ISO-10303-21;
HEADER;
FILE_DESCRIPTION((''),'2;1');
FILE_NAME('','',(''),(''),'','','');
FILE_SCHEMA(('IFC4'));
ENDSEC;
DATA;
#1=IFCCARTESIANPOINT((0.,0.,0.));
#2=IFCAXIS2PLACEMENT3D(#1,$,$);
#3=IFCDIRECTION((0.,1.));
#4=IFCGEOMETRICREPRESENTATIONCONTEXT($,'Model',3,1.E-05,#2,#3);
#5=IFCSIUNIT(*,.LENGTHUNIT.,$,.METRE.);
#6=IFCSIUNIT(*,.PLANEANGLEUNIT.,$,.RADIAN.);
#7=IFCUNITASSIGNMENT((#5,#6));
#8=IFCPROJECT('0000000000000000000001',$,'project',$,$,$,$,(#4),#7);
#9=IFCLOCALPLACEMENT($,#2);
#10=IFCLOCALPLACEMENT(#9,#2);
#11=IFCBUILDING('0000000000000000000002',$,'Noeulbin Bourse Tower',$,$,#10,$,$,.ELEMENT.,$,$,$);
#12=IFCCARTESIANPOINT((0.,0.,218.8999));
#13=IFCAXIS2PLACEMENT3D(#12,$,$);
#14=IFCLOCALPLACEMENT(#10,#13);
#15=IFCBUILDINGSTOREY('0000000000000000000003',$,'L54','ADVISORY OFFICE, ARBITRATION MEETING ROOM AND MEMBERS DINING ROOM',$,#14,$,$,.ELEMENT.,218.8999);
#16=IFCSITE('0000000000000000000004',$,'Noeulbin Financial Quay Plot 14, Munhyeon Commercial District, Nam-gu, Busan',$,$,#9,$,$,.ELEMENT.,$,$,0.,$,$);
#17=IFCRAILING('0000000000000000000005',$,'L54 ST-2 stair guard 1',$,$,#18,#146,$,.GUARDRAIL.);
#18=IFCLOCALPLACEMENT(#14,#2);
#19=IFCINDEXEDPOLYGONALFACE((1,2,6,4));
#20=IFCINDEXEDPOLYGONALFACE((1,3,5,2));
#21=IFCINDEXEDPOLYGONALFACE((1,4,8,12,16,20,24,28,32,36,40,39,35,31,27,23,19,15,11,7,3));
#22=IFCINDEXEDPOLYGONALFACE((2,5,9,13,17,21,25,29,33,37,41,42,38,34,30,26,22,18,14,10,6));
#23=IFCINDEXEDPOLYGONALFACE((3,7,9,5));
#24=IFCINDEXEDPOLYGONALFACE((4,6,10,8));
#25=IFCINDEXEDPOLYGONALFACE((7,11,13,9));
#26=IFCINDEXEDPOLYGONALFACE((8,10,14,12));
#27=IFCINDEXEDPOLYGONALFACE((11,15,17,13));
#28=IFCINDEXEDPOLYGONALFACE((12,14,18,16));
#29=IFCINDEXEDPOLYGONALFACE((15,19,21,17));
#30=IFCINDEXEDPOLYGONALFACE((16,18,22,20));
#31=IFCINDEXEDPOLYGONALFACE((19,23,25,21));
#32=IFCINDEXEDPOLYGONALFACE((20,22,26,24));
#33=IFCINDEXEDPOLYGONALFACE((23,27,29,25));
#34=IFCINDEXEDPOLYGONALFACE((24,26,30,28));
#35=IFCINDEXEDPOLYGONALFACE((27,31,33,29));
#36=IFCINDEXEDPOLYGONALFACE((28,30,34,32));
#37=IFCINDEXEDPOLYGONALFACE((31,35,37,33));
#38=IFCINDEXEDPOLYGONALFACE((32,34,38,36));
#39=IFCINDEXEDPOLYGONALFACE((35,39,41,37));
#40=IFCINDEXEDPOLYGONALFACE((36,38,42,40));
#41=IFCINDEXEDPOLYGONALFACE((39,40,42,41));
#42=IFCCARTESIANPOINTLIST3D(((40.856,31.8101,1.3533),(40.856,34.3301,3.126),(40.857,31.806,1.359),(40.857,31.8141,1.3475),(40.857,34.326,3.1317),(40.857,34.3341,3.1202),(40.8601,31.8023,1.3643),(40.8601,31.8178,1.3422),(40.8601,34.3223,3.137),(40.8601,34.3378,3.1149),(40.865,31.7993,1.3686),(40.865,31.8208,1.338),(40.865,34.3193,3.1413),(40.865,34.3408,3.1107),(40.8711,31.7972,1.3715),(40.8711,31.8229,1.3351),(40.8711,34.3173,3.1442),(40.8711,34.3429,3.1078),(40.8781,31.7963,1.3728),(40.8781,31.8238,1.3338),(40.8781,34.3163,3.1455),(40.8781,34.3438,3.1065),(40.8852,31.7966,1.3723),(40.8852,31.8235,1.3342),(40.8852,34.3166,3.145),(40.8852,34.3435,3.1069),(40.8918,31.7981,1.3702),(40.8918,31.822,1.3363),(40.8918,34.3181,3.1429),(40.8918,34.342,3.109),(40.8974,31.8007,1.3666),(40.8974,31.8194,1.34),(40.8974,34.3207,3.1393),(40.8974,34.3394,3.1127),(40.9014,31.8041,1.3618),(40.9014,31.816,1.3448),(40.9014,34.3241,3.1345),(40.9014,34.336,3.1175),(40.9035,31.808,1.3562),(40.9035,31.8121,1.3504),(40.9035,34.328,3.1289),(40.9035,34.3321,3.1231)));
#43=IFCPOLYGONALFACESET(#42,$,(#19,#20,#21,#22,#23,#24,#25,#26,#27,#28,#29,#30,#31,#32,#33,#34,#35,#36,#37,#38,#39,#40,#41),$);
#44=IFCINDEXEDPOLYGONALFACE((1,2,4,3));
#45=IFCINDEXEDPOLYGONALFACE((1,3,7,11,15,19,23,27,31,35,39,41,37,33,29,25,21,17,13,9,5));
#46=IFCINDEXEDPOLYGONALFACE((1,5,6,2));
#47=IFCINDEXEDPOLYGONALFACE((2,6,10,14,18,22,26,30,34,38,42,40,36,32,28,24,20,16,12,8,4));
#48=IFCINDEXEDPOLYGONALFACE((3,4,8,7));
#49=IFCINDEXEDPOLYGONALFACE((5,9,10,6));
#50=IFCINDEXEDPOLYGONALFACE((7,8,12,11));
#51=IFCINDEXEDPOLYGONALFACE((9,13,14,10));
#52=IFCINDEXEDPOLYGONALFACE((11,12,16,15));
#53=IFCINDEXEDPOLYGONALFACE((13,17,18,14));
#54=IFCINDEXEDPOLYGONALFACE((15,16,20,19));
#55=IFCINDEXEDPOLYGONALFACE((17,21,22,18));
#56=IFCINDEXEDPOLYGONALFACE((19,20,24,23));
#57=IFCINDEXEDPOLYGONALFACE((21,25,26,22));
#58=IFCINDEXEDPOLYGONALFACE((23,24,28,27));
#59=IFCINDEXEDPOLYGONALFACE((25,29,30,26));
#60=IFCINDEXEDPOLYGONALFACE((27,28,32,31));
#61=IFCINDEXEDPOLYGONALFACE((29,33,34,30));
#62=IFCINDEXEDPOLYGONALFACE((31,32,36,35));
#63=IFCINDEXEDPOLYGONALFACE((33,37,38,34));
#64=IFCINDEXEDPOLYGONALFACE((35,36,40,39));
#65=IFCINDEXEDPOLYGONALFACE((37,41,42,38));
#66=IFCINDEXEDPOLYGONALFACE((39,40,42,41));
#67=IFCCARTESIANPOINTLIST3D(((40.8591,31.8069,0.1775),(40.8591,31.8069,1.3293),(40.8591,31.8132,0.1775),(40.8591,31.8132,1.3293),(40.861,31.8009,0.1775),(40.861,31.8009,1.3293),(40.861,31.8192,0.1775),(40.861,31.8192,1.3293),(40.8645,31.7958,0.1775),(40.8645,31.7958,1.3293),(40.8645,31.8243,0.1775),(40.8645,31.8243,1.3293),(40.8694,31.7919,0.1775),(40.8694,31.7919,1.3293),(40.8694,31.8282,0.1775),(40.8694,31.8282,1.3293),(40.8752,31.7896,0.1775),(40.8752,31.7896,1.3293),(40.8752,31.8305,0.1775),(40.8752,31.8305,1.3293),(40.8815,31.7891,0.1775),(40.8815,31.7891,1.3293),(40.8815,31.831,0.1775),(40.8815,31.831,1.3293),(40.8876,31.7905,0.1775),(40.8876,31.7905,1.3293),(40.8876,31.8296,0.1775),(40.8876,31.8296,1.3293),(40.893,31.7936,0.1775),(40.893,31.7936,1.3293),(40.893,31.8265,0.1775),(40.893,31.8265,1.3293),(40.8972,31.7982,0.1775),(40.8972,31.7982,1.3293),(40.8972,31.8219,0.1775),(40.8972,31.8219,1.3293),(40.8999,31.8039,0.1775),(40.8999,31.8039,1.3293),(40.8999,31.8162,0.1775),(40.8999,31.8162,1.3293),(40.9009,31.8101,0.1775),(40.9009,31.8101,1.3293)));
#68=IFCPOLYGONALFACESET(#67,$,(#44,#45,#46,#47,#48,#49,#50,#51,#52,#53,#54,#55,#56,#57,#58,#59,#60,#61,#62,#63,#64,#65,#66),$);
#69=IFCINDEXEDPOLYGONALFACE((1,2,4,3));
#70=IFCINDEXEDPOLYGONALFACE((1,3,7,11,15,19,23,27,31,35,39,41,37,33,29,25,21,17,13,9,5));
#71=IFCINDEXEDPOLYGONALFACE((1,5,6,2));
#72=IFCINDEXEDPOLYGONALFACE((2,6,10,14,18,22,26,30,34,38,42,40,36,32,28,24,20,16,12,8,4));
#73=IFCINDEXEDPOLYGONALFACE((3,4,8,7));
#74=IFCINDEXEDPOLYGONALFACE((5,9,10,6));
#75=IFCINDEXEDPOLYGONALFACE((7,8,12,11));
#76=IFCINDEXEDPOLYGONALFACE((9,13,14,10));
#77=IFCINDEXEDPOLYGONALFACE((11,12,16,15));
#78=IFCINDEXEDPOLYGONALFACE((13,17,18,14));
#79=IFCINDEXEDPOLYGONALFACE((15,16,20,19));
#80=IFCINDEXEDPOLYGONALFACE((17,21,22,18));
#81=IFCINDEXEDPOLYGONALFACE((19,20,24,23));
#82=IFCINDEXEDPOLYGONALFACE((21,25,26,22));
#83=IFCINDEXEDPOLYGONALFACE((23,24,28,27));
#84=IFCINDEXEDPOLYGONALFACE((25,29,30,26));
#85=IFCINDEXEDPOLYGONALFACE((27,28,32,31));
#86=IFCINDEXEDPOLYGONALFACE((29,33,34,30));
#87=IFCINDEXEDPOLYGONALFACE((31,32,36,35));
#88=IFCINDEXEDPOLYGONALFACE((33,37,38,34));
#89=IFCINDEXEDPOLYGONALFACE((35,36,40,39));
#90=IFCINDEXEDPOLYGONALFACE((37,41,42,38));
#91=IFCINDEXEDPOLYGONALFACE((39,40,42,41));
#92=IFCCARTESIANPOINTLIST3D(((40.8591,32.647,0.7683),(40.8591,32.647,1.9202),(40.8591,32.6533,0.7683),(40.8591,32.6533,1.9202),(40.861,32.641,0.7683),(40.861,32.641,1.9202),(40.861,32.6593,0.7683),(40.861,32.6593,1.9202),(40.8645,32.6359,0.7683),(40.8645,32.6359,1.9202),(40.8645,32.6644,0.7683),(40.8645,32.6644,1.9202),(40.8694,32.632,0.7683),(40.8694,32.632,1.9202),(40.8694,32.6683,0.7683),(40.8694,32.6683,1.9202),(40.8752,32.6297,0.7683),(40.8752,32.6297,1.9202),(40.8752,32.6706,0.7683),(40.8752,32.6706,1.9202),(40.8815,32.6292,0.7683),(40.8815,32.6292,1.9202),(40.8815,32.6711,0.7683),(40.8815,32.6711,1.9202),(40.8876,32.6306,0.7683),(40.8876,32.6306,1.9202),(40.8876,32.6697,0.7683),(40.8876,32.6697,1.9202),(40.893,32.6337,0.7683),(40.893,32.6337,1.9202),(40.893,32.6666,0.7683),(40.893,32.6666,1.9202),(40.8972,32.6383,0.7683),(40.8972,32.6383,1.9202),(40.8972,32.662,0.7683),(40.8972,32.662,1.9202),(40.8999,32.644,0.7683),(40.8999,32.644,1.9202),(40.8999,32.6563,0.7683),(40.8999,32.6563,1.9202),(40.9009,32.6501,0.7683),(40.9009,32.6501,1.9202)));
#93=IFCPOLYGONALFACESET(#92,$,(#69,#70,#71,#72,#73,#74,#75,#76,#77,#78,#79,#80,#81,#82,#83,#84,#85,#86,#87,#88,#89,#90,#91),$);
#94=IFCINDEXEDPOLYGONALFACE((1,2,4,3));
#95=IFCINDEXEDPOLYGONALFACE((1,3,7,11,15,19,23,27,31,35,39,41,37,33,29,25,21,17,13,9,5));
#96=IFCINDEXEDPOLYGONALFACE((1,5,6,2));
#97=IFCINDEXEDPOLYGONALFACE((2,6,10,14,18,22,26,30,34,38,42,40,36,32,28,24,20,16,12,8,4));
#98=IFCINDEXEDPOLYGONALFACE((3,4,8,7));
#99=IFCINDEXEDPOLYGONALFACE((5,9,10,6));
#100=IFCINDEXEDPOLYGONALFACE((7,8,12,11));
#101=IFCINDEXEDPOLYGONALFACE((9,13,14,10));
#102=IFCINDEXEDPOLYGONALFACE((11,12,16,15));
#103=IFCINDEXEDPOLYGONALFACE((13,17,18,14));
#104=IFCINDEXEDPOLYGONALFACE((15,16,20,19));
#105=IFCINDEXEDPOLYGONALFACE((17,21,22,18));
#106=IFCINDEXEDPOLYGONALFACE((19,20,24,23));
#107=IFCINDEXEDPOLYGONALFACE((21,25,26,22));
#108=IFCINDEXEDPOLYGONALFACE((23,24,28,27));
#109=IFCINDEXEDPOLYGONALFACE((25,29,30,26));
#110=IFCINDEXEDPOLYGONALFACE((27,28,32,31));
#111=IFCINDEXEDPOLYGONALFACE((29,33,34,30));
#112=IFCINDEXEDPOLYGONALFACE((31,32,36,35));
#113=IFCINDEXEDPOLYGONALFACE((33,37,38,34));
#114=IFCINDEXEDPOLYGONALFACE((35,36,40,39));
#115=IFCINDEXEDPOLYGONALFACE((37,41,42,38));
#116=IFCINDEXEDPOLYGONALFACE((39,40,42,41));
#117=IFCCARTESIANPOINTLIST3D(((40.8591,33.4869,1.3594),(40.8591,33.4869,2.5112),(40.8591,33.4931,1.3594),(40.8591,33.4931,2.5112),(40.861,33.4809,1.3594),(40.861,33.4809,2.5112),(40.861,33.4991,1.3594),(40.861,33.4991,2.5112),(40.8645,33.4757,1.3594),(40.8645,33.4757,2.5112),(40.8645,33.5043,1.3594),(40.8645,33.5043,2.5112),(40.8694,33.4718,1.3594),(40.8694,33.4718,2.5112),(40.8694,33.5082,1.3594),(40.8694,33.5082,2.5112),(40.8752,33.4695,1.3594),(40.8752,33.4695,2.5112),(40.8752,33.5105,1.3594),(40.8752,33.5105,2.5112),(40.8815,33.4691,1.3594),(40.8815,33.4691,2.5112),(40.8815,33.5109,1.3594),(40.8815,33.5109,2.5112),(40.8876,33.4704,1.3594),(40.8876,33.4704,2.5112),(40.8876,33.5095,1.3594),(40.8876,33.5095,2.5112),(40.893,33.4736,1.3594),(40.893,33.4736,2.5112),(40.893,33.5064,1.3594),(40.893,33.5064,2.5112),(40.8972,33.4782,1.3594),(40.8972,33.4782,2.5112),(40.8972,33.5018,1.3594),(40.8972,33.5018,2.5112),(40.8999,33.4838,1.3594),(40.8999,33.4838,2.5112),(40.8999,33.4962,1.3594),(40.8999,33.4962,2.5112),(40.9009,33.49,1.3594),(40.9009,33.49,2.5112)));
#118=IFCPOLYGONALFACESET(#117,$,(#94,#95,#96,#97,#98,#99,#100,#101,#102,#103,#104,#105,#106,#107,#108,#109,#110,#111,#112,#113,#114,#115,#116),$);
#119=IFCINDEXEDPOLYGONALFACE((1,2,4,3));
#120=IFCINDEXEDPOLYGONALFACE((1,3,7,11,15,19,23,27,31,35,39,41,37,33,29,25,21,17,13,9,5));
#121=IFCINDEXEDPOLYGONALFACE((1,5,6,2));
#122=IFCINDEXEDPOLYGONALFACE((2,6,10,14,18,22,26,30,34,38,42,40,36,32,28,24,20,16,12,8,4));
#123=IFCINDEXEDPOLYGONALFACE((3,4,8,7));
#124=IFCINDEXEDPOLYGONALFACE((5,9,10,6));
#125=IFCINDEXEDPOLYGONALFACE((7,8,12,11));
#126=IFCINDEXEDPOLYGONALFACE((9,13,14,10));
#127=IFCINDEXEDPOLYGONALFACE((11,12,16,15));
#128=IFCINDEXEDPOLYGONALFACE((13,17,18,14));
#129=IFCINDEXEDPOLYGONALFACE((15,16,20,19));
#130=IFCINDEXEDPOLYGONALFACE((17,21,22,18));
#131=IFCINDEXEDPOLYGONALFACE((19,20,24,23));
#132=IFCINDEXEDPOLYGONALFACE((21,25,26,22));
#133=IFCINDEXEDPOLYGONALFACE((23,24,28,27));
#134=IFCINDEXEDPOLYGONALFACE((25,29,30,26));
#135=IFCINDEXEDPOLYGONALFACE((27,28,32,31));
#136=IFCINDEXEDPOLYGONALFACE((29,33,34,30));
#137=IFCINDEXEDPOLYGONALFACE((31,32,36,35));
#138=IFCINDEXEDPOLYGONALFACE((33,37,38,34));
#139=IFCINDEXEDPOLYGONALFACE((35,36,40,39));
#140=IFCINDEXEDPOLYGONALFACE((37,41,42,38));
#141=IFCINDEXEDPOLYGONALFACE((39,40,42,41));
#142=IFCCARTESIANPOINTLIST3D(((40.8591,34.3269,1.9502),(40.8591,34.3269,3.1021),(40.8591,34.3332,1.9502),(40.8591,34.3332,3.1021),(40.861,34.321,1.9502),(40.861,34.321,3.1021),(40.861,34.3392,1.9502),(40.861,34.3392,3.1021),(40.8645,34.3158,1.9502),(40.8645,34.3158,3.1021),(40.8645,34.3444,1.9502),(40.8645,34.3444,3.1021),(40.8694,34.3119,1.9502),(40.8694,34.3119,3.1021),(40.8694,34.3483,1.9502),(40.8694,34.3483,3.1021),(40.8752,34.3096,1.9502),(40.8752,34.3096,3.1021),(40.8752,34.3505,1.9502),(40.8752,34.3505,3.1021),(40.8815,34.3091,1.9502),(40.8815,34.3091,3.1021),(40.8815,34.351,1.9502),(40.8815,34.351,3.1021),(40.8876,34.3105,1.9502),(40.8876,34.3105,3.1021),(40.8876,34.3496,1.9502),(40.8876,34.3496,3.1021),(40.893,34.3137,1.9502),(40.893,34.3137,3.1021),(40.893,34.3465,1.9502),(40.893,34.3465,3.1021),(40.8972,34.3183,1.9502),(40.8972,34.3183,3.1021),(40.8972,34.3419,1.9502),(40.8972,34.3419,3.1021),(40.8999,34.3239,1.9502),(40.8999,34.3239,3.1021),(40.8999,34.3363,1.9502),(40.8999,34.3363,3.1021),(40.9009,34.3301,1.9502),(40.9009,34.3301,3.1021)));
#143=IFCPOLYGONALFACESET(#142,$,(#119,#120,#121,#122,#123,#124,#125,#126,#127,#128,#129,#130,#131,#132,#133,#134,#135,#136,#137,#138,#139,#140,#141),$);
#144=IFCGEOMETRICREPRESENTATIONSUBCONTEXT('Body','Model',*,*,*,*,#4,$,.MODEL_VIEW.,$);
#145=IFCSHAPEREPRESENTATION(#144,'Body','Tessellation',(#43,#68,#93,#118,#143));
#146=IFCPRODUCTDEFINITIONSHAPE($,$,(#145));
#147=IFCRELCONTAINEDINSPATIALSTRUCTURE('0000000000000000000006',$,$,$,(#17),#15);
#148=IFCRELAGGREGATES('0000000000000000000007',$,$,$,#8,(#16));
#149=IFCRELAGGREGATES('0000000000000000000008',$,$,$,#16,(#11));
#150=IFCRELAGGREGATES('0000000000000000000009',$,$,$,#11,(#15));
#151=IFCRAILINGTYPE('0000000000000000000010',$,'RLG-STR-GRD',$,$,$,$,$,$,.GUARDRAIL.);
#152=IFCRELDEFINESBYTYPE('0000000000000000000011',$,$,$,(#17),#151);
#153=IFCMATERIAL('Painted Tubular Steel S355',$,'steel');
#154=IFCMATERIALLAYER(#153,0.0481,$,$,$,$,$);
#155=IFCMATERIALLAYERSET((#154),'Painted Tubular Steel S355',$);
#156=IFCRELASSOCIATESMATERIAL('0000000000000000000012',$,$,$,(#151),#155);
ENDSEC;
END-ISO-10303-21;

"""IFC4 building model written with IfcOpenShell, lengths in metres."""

from ifc_helpers import new_model, si_unit, direction, frame, origin, origin_2d, place, context, subcontext, project, spatial, circle, extrude, material, layer, layer_set, type_object, element, save


model = new_model("IFC4")

# Units and contexts
model_context = context("Model", 3, precision=1e-05, world=origin(), true_north=direction((0.0, 1.0)))
body_context = subcontext(model_context, "Body", "Model", "MODEL_VIEW")
ifc_project = project(units=[si_unit("LENGTHUNIT", "METRE"), si_unit("PLANEANGLEUNIT", "RADIAN")], contexts=[model_context])

# Site, building, storey
site_placement = place(None, origin())
site = spatial("IfcSite", under=ifc_project, at=site_placement, Name="Noeulbin Financial Quay Plot 14, Munhyeon Commercial District, Nam-gu, Busan", CompositionType="ELEMENT", RefElevation=0.0)
building_placement = place(site_placement, origin())
building = spatial("IfcBuilding", under=site, at=building_placement, Name="Noeulbin Bourse Tower", CompositionType="ELEMENT")
storey_placement = place(building_placement, frame((0.0, 0.0, 218.8999)))
storey = spatial("IfcBuildingStorey", under=building, at=storey_placement, Name="L54", Description="ADVISORY OFFICE, ARBITRATION MEETING ROOM AND MEMBERS DINING ROOM", CompositionType="ELEMENT", Elevation=218.8999)

# Railing
ifc_material_1 = material(Name="Painted Tubular Steel S355", Category="steel")
ifc_layer_1 = layer(ifc_material_1, 0.0481)
ifc_layer_set_1 = layer_set([ifc_layer_1], Name="Painted Tubular Steel S355")
railing_type_1 = type_object("IfcRailingType", Name="RLG-STR-GRD", PredefinedType="GUARDRAIL", material=ifc_layer_set_1)
railing_1_placement = place(storey_placement, frame((40.8799, 31.8101, 0.1775)))
element("IfcRailing", 1, at=railing_1_placement, inside=storey, type_object=railing_type_1, Name="L54 ST-2 stair guard 1", PredefinedType="GUARDRAIL", context=body_context, shape_type="SweptSolid", body=[
    extrude(circle(Radius=0.0239, at=origin_2d()), frame((0.0, 0.0, 1.1758), z_axis=(0.0, 0.817904, 0.575354), x_axis=(-1.0, 0.0, 0.0)), (0.0, 0.0, 1.0), 3.0811),
    extrude(circle(Radius=0.021, at=origin_2d()), origin(), (0.0, 0.0, 1.0), 1.1519),
    extrude(circle(Radius=0.021, at=origin_2d()), frame((0.0, 0.8401, 0.5908)), (0.0, 0.0, 1.0), 1.1519),
    extrude(circle(Radius=0.021, at=origin_2d()), frame((0.0, 1.6799, 1.1819)), (0.0, 0.0, 1.0), 1.1519),
    extrude(circle(Radius=0.021, at=origin_2d()), frame((0.0, 2.52, 1.7727)), (0.0, 0.0, 1.0), 1.1519),
])

save(model, "model.ifc")
